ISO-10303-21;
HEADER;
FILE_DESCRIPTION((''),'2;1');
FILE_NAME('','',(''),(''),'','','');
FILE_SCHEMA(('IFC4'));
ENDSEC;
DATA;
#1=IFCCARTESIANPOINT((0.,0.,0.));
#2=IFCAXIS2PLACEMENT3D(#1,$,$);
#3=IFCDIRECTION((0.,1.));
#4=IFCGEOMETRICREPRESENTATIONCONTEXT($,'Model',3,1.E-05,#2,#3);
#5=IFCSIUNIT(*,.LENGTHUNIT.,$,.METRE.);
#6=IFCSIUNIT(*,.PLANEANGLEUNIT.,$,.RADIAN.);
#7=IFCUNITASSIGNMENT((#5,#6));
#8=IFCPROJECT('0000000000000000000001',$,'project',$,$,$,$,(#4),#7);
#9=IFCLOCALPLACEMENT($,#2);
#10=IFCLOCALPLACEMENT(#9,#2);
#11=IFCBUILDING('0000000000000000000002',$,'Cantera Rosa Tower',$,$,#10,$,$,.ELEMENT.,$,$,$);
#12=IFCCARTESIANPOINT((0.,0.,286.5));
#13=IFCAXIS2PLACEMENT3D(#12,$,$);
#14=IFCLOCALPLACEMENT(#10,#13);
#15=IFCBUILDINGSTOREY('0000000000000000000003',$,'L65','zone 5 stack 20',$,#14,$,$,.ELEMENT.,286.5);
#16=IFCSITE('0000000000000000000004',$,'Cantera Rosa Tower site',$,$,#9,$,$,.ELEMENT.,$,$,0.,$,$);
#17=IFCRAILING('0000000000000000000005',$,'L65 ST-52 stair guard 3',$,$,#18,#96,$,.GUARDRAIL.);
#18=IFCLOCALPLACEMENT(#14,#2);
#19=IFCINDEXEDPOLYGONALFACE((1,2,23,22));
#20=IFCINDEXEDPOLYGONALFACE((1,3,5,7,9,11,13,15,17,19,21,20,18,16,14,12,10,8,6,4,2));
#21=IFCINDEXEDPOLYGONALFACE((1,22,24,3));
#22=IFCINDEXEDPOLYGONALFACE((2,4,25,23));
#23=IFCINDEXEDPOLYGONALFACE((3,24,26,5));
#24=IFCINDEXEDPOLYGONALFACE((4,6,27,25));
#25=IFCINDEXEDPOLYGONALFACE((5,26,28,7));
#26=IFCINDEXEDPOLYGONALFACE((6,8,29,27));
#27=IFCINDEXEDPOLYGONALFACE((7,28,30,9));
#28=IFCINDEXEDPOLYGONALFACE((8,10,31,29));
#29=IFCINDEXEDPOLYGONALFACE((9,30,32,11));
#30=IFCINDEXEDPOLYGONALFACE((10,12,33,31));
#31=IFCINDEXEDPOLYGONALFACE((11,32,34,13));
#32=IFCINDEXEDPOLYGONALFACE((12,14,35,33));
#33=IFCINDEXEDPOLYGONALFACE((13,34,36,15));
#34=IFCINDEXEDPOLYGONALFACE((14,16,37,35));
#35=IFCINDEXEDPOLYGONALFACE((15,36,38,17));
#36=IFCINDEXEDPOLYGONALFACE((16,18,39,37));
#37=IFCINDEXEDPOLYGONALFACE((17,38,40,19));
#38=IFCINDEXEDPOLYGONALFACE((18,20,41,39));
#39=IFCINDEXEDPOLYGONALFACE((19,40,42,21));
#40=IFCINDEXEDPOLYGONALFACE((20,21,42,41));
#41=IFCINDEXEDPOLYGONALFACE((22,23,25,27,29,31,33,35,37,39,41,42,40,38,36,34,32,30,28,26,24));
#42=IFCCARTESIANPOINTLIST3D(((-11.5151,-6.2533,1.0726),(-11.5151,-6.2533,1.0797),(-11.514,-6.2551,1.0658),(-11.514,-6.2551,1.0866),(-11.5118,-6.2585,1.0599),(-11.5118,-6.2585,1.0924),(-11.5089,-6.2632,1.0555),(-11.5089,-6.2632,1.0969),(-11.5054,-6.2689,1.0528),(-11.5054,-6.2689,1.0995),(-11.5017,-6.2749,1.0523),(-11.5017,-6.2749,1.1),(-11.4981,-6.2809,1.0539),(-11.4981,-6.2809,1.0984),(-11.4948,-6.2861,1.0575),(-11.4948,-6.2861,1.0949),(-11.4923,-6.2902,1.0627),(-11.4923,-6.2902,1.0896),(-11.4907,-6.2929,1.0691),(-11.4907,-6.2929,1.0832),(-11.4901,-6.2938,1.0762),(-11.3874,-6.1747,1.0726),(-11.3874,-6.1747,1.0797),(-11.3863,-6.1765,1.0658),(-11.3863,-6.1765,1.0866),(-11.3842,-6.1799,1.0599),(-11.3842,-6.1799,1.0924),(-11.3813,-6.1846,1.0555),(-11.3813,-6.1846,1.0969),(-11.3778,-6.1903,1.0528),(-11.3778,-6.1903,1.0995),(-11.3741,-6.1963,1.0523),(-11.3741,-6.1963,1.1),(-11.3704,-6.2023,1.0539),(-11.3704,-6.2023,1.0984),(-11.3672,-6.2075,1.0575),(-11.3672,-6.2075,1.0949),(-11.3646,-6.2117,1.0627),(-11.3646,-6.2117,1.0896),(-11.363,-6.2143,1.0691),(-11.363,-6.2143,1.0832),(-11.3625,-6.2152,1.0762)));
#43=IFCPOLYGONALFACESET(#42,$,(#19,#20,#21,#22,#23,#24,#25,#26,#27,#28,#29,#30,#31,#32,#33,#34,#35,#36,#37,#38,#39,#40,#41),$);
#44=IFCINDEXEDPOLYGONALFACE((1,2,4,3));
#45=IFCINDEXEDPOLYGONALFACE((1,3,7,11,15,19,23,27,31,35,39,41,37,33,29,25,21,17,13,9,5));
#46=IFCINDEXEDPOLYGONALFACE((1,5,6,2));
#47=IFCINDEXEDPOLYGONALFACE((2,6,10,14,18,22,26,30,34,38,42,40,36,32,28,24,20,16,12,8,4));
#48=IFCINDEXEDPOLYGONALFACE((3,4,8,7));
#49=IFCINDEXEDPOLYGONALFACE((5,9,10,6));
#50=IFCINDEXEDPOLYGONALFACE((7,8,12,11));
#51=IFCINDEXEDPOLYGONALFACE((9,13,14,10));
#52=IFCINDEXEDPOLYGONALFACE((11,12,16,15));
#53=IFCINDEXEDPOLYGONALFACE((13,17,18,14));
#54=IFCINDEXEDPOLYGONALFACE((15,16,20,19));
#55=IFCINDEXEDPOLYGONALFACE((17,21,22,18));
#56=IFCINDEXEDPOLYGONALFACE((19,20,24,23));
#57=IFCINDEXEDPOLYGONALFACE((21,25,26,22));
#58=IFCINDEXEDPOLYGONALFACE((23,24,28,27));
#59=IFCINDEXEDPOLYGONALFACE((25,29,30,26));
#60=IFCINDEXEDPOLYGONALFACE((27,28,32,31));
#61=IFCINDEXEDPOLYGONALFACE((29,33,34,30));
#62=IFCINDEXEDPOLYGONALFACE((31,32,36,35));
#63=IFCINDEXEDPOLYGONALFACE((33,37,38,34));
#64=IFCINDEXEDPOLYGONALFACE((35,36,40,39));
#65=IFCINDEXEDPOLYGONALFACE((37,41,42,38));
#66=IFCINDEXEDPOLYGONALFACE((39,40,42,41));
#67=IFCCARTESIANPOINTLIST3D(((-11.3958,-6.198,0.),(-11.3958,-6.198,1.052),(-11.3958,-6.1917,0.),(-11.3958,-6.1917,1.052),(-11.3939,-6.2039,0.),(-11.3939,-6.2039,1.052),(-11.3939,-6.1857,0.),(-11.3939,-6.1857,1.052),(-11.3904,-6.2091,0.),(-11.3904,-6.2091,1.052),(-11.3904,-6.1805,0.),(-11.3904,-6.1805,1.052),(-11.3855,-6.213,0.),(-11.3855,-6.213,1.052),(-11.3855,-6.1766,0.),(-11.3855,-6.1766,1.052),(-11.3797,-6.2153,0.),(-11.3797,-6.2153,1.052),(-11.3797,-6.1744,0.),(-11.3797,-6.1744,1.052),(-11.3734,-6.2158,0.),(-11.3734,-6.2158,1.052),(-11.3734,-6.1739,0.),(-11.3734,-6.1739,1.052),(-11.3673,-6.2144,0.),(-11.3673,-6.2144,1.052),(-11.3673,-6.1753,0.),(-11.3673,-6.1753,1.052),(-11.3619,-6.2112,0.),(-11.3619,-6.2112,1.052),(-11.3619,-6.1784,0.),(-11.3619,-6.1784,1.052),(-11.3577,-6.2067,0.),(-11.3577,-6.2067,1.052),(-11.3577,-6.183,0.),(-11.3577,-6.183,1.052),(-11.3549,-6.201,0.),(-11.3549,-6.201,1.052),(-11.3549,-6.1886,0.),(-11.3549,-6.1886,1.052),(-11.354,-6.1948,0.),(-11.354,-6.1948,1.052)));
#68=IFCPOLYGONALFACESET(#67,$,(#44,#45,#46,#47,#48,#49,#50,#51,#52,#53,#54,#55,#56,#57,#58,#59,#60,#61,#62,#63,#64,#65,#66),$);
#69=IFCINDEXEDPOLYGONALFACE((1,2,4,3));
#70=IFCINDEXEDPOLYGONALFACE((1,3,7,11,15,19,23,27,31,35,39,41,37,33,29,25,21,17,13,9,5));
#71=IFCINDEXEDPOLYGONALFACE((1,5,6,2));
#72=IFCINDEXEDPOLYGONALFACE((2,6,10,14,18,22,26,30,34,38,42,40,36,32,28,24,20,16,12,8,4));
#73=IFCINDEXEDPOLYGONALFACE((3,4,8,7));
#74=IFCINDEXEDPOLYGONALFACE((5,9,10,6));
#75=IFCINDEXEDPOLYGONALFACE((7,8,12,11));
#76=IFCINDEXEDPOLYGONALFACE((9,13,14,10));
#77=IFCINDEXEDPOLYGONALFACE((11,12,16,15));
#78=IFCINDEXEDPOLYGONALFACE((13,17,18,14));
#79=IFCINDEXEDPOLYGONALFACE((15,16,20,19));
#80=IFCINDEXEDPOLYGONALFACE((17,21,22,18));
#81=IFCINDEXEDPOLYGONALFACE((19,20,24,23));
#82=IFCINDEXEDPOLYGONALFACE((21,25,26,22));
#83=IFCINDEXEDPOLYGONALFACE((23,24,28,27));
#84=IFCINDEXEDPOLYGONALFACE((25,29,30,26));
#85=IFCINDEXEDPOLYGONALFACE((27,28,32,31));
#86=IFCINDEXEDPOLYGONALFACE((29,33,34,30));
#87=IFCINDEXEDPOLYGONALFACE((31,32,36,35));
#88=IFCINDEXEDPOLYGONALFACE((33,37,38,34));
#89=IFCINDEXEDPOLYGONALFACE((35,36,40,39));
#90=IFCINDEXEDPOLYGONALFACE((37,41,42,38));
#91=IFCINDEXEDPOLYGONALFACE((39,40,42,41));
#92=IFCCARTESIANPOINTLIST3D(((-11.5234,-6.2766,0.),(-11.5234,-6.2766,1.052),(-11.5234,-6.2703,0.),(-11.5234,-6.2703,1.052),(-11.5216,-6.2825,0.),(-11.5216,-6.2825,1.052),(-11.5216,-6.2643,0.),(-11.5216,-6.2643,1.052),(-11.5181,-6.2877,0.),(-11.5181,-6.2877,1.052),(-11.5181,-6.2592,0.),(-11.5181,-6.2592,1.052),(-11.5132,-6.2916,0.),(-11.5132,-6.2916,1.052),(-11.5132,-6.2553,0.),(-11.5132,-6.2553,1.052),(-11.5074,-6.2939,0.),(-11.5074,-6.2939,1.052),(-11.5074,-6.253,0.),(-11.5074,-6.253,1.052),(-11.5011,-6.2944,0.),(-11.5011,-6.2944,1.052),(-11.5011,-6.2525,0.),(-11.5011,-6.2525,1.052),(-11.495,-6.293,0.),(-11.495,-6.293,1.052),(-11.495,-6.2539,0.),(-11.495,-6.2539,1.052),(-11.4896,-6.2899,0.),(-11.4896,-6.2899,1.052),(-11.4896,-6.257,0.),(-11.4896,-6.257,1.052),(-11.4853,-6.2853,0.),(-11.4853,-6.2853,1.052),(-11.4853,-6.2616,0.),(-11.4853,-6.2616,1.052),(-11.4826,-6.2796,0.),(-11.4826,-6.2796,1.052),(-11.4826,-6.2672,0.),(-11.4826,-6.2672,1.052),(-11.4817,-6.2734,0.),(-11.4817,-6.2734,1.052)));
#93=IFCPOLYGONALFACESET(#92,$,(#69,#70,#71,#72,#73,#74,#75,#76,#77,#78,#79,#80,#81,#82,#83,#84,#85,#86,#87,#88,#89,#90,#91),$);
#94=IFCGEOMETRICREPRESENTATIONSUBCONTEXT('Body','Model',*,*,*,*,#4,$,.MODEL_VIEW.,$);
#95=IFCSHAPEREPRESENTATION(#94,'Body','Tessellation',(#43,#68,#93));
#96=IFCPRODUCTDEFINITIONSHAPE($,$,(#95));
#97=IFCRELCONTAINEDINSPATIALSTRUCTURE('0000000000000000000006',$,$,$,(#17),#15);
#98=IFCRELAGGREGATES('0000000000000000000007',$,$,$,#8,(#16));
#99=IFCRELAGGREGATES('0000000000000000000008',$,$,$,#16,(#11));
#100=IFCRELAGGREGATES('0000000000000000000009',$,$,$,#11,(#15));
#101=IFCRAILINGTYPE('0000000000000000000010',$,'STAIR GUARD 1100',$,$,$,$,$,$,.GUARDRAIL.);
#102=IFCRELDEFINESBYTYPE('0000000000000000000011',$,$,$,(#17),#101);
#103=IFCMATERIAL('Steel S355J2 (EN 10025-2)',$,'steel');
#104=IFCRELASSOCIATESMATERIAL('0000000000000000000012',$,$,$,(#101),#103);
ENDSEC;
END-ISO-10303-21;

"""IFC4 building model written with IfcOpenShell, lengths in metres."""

from ifc_helpers import new_model, si_unit, direction, frame, origin, origin_2d, place, context, subcontext, project, spatial, circle, extrude, material, type_object, element, save


model = new_model("IFC4")

# Units and contexts
model_context = context("Model", 3, precision=1e-05, world=origin(), true_north=direction((0.0, 1.0)))
body_context = subcontext(model_context, "Body", "Model", "MODEL_VIEW")
ifc_project = project(units=[si_unit("LENGTHUNIT", "METRE"), si_unit("PLANEANGLEUNIT", "RADIAN")], contexts=[model_context])

# Site, building, storey
site_placement = place(None, origin())
site = spatial("IfcSite", under=ifc_project, at=site_placement, Name="Cantera Rosa Tower site", CompositionType="ELEMENT", RefElevation=0.0)
building_placement = place(site_placement, origin())
building = spatial("IfcBuilding", under=site, at=building_placement, Name="Cantera Rosa Tower", CompositionType="ELEMENT")
storey_placement = place(building_placement, frame((0.0, 0.0, 286.5)))
storey = spatial("IfcBuildingStorey", under=building, at=storey_placement, Name="L65", Description="zone 5 stack 20", CompositionType="ELEMENT", Elevation=286.5)

# Railing
ifc_material_1 = material(Name="Steel S355J2 (EN 10025-2)", Category="steel")
railing_type_1 = type_object("IfcRailingType", Name="STAIR GUARD 1100", PredefinedType="GUARDRAIL", material=ifc_material_1)
railing_1_placement = place(storey_placement, frame((-11.375, -6.1948, 0.0)))
element("IfcRailing", 1, at=railing_1_placement, inside=storey, type_object=railing_type_1, Name="L65 ST-52 stair guard 3", PredefinedType="GUARDRAIL", context=body_context, shape_type="SweptSolid", body=[
    extrude(circle(Radius=0.0239, at=origin_2d()), frame((0.0, 0.0, 1.0762), z_axis=(-0.851546, -0.524279, 0.0), x_axis=(0.524279, -0.851546, 0.0)), (0.0, 0.0, 1.0), 0.1499),
    extrude(circle(Radius=0.021, at=origin_2d()), origin(), (0.0, 0.0, 1.0), 1.052),
    extrude(circle(Radius=0.021, at=origin_2d()), frame((-0.1277, -0.0786, 0.0)), (0.0, 0.0, 1.0), 1.052),
])

save(model, "model.ifc")
